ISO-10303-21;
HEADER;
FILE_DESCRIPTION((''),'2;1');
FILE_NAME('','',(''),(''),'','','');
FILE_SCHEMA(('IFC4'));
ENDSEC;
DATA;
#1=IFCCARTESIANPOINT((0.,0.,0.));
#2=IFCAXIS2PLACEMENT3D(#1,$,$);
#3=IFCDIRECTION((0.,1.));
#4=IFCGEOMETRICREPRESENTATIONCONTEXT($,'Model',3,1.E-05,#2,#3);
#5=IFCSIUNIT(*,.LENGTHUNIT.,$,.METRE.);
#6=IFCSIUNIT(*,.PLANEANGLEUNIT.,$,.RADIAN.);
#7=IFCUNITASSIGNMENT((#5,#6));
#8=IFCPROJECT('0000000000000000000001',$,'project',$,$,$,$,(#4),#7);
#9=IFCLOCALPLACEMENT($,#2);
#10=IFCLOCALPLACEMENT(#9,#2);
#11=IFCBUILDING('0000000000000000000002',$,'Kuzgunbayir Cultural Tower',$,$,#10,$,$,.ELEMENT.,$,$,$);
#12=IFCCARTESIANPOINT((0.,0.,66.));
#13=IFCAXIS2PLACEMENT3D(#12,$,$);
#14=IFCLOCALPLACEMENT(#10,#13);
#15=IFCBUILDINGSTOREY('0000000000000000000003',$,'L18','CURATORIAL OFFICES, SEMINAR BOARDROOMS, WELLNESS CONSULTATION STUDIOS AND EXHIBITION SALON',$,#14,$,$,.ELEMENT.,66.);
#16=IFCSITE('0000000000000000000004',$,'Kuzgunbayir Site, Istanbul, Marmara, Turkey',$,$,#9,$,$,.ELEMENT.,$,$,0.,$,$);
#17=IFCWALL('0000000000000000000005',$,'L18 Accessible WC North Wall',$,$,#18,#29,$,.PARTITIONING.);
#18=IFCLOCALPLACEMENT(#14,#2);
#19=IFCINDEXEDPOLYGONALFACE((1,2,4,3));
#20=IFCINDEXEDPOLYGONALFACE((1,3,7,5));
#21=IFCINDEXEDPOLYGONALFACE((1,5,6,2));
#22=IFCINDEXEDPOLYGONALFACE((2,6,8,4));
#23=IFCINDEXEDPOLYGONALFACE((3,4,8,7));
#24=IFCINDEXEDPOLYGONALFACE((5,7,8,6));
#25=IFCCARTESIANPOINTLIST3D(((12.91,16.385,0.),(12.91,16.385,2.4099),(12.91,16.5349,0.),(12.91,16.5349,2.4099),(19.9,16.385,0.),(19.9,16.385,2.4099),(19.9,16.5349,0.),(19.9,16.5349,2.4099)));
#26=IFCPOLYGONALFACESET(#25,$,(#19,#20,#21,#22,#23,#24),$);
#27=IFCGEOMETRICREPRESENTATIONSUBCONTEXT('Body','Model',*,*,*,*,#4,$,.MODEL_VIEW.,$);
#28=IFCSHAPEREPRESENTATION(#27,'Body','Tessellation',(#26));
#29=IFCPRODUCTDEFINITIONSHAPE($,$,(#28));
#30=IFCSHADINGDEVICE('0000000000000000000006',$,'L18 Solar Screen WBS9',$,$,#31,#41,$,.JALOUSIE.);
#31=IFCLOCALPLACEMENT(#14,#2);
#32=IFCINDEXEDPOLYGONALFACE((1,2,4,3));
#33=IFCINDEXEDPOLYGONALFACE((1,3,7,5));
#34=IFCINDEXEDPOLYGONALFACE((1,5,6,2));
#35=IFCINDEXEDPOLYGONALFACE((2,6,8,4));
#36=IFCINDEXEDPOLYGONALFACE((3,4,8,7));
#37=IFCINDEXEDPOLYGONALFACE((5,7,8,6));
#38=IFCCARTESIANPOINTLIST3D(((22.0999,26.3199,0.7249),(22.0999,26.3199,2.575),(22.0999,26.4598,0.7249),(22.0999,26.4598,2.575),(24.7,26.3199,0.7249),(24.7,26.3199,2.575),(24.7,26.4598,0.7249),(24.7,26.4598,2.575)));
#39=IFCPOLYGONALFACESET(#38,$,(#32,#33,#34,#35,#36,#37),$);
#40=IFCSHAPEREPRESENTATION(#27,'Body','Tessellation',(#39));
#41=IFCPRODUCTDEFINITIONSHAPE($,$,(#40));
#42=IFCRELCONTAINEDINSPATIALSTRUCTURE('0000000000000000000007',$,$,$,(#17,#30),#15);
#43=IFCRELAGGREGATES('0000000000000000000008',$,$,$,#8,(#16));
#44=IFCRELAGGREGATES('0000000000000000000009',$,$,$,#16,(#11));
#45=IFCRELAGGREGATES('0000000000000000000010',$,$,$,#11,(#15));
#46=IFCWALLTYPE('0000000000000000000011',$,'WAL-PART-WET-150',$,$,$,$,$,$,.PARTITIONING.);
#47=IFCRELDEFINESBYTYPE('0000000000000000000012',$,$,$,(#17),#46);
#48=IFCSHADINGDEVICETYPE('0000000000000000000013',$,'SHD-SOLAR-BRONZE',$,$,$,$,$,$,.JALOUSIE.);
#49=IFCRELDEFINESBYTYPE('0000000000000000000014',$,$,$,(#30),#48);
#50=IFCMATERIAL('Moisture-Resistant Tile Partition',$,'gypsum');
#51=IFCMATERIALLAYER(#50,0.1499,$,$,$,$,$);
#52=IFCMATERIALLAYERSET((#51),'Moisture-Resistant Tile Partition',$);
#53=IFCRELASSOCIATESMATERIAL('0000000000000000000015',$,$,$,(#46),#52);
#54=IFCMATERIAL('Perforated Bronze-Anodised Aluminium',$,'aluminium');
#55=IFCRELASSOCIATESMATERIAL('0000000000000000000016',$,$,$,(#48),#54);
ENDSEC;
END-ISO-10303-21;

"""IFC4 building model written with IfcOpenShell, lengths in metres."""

from ifc_helpers import new_model, si_unit, direction, frame, frame_2d, origin, origin_2d, place, context, subcontext, project, spatial, rectangle, extrude, material, layer, layer_set, type_object, element, save


model = new_model("IFC4")

# Units and contexts
model_context = context("Model", 3, precision=1e-05, world=origin(), true_north=direction((0.0, 1.0)))
body_context = subcontext(model_context, "Body", "Model", "MODEL_VIEW")
ifc_project = project(units=[si_unit("LENGTHUNIT", "METRE"), si_unit("PLANEANGLEUNIT", "RADIAN")], contexts=[model_context])

# Site, building, storey
site_placement = place(None, origin())
site = spatial("IfcSite", under=ifc_project, at=site_placement, Name="Kuzgunbayir Site, Istanbul, Marmara, Turkey", CompositionType="ELEMENT", RefElevation=0.0)
building_placement = place(site_placement, origin())
building = spatial("IfcBuilding", under=site, at=building_placement, Name="Kuzgunbayir Cultural Tower", CompositionType="ELEMENT")
storey_placement = place(building_placement, frame((0.0, 0.0, 66.0)))
storey = spatial("IfcBuildingStorey", under=building, at=storey_placement, Name="L18", Description="CURATORIAL OFFICES, SEMINAR BOARDROOMS, WELLNESS CONSULTATION STUDIOS AND EXHIBITION SALON", CompositionType="ELEMENT", Elevation=66.0)

# Wall
ifc_material_1 = material(Name="Moisture-Resistant Tile Partition", Category="gypsum")
ifc_layer_1 = layer(ifc_material_1, 0.1499)
ifc_layer_set_1 = layer_set([ifc_layer_1], Name="Moisture-Resistant Tile Partition")
wall_type_1 = type_object("IfcWallType", Name="WAL-PART-WET-150", PredefinedType="PARTITIONING", material=ifc_layer_set_1)
for number, where, z_axis, x_axis, name in (
    (1, (12.9099, 16.46, 0.0), (0.0, 0.0, 1.0), (1.0, 0.0, 0.0), "L18 Accessible WC North Wall"),
):
    element("IfcWall", number, at=place(storey_placement, frame(where, z_axis=z_axis, x_axis=x_axis)), inside=storey, type_object=wall_type_1, Name=name, PredefinedType="PARTITIONING", context=body_context, shape_type="SweptSolid", body=[
        extrude(rectangle(XDim=6.99, YDim=0.1499, at=frame_2d((3.4951, 0.0))), origin(), (0.0, 0.0, 1.0), 2.4099),
    ])

# Shading device
ifc_material_2 = material(Name="Perforated Bronze-Anodised Aluminium", Category="aluminium")
shading_device_type = type_object("IfcShadingDeviceType", Name="SHD-SOLAR-BRONZE", PredefinedType="JALOUSIE", material=ifc_material_2)
shading_device_placement = place(storey_placement, frame((23.3999, 26.3899, 0.7249), z_axis=(0.0, 0.0, 1.0), x_axis=(1.0, 0.0, 0.0)))
element("IfcShadingDevice", 2, at=shading_device_placement, inside=storey, type_object=shading_device_type, Name="L18 Solar Screen WBS9", PredefinedType="JALOUSIE", context=body_context, shape_type="SweptSolid", body=[
    extrude(rectangle(XDim=2.6001, YDim=0.1399, at=origin_2d()), origin(), (0.0, 0.0, 1.0), 1.8501),
])

save(model, "model.ifc")
